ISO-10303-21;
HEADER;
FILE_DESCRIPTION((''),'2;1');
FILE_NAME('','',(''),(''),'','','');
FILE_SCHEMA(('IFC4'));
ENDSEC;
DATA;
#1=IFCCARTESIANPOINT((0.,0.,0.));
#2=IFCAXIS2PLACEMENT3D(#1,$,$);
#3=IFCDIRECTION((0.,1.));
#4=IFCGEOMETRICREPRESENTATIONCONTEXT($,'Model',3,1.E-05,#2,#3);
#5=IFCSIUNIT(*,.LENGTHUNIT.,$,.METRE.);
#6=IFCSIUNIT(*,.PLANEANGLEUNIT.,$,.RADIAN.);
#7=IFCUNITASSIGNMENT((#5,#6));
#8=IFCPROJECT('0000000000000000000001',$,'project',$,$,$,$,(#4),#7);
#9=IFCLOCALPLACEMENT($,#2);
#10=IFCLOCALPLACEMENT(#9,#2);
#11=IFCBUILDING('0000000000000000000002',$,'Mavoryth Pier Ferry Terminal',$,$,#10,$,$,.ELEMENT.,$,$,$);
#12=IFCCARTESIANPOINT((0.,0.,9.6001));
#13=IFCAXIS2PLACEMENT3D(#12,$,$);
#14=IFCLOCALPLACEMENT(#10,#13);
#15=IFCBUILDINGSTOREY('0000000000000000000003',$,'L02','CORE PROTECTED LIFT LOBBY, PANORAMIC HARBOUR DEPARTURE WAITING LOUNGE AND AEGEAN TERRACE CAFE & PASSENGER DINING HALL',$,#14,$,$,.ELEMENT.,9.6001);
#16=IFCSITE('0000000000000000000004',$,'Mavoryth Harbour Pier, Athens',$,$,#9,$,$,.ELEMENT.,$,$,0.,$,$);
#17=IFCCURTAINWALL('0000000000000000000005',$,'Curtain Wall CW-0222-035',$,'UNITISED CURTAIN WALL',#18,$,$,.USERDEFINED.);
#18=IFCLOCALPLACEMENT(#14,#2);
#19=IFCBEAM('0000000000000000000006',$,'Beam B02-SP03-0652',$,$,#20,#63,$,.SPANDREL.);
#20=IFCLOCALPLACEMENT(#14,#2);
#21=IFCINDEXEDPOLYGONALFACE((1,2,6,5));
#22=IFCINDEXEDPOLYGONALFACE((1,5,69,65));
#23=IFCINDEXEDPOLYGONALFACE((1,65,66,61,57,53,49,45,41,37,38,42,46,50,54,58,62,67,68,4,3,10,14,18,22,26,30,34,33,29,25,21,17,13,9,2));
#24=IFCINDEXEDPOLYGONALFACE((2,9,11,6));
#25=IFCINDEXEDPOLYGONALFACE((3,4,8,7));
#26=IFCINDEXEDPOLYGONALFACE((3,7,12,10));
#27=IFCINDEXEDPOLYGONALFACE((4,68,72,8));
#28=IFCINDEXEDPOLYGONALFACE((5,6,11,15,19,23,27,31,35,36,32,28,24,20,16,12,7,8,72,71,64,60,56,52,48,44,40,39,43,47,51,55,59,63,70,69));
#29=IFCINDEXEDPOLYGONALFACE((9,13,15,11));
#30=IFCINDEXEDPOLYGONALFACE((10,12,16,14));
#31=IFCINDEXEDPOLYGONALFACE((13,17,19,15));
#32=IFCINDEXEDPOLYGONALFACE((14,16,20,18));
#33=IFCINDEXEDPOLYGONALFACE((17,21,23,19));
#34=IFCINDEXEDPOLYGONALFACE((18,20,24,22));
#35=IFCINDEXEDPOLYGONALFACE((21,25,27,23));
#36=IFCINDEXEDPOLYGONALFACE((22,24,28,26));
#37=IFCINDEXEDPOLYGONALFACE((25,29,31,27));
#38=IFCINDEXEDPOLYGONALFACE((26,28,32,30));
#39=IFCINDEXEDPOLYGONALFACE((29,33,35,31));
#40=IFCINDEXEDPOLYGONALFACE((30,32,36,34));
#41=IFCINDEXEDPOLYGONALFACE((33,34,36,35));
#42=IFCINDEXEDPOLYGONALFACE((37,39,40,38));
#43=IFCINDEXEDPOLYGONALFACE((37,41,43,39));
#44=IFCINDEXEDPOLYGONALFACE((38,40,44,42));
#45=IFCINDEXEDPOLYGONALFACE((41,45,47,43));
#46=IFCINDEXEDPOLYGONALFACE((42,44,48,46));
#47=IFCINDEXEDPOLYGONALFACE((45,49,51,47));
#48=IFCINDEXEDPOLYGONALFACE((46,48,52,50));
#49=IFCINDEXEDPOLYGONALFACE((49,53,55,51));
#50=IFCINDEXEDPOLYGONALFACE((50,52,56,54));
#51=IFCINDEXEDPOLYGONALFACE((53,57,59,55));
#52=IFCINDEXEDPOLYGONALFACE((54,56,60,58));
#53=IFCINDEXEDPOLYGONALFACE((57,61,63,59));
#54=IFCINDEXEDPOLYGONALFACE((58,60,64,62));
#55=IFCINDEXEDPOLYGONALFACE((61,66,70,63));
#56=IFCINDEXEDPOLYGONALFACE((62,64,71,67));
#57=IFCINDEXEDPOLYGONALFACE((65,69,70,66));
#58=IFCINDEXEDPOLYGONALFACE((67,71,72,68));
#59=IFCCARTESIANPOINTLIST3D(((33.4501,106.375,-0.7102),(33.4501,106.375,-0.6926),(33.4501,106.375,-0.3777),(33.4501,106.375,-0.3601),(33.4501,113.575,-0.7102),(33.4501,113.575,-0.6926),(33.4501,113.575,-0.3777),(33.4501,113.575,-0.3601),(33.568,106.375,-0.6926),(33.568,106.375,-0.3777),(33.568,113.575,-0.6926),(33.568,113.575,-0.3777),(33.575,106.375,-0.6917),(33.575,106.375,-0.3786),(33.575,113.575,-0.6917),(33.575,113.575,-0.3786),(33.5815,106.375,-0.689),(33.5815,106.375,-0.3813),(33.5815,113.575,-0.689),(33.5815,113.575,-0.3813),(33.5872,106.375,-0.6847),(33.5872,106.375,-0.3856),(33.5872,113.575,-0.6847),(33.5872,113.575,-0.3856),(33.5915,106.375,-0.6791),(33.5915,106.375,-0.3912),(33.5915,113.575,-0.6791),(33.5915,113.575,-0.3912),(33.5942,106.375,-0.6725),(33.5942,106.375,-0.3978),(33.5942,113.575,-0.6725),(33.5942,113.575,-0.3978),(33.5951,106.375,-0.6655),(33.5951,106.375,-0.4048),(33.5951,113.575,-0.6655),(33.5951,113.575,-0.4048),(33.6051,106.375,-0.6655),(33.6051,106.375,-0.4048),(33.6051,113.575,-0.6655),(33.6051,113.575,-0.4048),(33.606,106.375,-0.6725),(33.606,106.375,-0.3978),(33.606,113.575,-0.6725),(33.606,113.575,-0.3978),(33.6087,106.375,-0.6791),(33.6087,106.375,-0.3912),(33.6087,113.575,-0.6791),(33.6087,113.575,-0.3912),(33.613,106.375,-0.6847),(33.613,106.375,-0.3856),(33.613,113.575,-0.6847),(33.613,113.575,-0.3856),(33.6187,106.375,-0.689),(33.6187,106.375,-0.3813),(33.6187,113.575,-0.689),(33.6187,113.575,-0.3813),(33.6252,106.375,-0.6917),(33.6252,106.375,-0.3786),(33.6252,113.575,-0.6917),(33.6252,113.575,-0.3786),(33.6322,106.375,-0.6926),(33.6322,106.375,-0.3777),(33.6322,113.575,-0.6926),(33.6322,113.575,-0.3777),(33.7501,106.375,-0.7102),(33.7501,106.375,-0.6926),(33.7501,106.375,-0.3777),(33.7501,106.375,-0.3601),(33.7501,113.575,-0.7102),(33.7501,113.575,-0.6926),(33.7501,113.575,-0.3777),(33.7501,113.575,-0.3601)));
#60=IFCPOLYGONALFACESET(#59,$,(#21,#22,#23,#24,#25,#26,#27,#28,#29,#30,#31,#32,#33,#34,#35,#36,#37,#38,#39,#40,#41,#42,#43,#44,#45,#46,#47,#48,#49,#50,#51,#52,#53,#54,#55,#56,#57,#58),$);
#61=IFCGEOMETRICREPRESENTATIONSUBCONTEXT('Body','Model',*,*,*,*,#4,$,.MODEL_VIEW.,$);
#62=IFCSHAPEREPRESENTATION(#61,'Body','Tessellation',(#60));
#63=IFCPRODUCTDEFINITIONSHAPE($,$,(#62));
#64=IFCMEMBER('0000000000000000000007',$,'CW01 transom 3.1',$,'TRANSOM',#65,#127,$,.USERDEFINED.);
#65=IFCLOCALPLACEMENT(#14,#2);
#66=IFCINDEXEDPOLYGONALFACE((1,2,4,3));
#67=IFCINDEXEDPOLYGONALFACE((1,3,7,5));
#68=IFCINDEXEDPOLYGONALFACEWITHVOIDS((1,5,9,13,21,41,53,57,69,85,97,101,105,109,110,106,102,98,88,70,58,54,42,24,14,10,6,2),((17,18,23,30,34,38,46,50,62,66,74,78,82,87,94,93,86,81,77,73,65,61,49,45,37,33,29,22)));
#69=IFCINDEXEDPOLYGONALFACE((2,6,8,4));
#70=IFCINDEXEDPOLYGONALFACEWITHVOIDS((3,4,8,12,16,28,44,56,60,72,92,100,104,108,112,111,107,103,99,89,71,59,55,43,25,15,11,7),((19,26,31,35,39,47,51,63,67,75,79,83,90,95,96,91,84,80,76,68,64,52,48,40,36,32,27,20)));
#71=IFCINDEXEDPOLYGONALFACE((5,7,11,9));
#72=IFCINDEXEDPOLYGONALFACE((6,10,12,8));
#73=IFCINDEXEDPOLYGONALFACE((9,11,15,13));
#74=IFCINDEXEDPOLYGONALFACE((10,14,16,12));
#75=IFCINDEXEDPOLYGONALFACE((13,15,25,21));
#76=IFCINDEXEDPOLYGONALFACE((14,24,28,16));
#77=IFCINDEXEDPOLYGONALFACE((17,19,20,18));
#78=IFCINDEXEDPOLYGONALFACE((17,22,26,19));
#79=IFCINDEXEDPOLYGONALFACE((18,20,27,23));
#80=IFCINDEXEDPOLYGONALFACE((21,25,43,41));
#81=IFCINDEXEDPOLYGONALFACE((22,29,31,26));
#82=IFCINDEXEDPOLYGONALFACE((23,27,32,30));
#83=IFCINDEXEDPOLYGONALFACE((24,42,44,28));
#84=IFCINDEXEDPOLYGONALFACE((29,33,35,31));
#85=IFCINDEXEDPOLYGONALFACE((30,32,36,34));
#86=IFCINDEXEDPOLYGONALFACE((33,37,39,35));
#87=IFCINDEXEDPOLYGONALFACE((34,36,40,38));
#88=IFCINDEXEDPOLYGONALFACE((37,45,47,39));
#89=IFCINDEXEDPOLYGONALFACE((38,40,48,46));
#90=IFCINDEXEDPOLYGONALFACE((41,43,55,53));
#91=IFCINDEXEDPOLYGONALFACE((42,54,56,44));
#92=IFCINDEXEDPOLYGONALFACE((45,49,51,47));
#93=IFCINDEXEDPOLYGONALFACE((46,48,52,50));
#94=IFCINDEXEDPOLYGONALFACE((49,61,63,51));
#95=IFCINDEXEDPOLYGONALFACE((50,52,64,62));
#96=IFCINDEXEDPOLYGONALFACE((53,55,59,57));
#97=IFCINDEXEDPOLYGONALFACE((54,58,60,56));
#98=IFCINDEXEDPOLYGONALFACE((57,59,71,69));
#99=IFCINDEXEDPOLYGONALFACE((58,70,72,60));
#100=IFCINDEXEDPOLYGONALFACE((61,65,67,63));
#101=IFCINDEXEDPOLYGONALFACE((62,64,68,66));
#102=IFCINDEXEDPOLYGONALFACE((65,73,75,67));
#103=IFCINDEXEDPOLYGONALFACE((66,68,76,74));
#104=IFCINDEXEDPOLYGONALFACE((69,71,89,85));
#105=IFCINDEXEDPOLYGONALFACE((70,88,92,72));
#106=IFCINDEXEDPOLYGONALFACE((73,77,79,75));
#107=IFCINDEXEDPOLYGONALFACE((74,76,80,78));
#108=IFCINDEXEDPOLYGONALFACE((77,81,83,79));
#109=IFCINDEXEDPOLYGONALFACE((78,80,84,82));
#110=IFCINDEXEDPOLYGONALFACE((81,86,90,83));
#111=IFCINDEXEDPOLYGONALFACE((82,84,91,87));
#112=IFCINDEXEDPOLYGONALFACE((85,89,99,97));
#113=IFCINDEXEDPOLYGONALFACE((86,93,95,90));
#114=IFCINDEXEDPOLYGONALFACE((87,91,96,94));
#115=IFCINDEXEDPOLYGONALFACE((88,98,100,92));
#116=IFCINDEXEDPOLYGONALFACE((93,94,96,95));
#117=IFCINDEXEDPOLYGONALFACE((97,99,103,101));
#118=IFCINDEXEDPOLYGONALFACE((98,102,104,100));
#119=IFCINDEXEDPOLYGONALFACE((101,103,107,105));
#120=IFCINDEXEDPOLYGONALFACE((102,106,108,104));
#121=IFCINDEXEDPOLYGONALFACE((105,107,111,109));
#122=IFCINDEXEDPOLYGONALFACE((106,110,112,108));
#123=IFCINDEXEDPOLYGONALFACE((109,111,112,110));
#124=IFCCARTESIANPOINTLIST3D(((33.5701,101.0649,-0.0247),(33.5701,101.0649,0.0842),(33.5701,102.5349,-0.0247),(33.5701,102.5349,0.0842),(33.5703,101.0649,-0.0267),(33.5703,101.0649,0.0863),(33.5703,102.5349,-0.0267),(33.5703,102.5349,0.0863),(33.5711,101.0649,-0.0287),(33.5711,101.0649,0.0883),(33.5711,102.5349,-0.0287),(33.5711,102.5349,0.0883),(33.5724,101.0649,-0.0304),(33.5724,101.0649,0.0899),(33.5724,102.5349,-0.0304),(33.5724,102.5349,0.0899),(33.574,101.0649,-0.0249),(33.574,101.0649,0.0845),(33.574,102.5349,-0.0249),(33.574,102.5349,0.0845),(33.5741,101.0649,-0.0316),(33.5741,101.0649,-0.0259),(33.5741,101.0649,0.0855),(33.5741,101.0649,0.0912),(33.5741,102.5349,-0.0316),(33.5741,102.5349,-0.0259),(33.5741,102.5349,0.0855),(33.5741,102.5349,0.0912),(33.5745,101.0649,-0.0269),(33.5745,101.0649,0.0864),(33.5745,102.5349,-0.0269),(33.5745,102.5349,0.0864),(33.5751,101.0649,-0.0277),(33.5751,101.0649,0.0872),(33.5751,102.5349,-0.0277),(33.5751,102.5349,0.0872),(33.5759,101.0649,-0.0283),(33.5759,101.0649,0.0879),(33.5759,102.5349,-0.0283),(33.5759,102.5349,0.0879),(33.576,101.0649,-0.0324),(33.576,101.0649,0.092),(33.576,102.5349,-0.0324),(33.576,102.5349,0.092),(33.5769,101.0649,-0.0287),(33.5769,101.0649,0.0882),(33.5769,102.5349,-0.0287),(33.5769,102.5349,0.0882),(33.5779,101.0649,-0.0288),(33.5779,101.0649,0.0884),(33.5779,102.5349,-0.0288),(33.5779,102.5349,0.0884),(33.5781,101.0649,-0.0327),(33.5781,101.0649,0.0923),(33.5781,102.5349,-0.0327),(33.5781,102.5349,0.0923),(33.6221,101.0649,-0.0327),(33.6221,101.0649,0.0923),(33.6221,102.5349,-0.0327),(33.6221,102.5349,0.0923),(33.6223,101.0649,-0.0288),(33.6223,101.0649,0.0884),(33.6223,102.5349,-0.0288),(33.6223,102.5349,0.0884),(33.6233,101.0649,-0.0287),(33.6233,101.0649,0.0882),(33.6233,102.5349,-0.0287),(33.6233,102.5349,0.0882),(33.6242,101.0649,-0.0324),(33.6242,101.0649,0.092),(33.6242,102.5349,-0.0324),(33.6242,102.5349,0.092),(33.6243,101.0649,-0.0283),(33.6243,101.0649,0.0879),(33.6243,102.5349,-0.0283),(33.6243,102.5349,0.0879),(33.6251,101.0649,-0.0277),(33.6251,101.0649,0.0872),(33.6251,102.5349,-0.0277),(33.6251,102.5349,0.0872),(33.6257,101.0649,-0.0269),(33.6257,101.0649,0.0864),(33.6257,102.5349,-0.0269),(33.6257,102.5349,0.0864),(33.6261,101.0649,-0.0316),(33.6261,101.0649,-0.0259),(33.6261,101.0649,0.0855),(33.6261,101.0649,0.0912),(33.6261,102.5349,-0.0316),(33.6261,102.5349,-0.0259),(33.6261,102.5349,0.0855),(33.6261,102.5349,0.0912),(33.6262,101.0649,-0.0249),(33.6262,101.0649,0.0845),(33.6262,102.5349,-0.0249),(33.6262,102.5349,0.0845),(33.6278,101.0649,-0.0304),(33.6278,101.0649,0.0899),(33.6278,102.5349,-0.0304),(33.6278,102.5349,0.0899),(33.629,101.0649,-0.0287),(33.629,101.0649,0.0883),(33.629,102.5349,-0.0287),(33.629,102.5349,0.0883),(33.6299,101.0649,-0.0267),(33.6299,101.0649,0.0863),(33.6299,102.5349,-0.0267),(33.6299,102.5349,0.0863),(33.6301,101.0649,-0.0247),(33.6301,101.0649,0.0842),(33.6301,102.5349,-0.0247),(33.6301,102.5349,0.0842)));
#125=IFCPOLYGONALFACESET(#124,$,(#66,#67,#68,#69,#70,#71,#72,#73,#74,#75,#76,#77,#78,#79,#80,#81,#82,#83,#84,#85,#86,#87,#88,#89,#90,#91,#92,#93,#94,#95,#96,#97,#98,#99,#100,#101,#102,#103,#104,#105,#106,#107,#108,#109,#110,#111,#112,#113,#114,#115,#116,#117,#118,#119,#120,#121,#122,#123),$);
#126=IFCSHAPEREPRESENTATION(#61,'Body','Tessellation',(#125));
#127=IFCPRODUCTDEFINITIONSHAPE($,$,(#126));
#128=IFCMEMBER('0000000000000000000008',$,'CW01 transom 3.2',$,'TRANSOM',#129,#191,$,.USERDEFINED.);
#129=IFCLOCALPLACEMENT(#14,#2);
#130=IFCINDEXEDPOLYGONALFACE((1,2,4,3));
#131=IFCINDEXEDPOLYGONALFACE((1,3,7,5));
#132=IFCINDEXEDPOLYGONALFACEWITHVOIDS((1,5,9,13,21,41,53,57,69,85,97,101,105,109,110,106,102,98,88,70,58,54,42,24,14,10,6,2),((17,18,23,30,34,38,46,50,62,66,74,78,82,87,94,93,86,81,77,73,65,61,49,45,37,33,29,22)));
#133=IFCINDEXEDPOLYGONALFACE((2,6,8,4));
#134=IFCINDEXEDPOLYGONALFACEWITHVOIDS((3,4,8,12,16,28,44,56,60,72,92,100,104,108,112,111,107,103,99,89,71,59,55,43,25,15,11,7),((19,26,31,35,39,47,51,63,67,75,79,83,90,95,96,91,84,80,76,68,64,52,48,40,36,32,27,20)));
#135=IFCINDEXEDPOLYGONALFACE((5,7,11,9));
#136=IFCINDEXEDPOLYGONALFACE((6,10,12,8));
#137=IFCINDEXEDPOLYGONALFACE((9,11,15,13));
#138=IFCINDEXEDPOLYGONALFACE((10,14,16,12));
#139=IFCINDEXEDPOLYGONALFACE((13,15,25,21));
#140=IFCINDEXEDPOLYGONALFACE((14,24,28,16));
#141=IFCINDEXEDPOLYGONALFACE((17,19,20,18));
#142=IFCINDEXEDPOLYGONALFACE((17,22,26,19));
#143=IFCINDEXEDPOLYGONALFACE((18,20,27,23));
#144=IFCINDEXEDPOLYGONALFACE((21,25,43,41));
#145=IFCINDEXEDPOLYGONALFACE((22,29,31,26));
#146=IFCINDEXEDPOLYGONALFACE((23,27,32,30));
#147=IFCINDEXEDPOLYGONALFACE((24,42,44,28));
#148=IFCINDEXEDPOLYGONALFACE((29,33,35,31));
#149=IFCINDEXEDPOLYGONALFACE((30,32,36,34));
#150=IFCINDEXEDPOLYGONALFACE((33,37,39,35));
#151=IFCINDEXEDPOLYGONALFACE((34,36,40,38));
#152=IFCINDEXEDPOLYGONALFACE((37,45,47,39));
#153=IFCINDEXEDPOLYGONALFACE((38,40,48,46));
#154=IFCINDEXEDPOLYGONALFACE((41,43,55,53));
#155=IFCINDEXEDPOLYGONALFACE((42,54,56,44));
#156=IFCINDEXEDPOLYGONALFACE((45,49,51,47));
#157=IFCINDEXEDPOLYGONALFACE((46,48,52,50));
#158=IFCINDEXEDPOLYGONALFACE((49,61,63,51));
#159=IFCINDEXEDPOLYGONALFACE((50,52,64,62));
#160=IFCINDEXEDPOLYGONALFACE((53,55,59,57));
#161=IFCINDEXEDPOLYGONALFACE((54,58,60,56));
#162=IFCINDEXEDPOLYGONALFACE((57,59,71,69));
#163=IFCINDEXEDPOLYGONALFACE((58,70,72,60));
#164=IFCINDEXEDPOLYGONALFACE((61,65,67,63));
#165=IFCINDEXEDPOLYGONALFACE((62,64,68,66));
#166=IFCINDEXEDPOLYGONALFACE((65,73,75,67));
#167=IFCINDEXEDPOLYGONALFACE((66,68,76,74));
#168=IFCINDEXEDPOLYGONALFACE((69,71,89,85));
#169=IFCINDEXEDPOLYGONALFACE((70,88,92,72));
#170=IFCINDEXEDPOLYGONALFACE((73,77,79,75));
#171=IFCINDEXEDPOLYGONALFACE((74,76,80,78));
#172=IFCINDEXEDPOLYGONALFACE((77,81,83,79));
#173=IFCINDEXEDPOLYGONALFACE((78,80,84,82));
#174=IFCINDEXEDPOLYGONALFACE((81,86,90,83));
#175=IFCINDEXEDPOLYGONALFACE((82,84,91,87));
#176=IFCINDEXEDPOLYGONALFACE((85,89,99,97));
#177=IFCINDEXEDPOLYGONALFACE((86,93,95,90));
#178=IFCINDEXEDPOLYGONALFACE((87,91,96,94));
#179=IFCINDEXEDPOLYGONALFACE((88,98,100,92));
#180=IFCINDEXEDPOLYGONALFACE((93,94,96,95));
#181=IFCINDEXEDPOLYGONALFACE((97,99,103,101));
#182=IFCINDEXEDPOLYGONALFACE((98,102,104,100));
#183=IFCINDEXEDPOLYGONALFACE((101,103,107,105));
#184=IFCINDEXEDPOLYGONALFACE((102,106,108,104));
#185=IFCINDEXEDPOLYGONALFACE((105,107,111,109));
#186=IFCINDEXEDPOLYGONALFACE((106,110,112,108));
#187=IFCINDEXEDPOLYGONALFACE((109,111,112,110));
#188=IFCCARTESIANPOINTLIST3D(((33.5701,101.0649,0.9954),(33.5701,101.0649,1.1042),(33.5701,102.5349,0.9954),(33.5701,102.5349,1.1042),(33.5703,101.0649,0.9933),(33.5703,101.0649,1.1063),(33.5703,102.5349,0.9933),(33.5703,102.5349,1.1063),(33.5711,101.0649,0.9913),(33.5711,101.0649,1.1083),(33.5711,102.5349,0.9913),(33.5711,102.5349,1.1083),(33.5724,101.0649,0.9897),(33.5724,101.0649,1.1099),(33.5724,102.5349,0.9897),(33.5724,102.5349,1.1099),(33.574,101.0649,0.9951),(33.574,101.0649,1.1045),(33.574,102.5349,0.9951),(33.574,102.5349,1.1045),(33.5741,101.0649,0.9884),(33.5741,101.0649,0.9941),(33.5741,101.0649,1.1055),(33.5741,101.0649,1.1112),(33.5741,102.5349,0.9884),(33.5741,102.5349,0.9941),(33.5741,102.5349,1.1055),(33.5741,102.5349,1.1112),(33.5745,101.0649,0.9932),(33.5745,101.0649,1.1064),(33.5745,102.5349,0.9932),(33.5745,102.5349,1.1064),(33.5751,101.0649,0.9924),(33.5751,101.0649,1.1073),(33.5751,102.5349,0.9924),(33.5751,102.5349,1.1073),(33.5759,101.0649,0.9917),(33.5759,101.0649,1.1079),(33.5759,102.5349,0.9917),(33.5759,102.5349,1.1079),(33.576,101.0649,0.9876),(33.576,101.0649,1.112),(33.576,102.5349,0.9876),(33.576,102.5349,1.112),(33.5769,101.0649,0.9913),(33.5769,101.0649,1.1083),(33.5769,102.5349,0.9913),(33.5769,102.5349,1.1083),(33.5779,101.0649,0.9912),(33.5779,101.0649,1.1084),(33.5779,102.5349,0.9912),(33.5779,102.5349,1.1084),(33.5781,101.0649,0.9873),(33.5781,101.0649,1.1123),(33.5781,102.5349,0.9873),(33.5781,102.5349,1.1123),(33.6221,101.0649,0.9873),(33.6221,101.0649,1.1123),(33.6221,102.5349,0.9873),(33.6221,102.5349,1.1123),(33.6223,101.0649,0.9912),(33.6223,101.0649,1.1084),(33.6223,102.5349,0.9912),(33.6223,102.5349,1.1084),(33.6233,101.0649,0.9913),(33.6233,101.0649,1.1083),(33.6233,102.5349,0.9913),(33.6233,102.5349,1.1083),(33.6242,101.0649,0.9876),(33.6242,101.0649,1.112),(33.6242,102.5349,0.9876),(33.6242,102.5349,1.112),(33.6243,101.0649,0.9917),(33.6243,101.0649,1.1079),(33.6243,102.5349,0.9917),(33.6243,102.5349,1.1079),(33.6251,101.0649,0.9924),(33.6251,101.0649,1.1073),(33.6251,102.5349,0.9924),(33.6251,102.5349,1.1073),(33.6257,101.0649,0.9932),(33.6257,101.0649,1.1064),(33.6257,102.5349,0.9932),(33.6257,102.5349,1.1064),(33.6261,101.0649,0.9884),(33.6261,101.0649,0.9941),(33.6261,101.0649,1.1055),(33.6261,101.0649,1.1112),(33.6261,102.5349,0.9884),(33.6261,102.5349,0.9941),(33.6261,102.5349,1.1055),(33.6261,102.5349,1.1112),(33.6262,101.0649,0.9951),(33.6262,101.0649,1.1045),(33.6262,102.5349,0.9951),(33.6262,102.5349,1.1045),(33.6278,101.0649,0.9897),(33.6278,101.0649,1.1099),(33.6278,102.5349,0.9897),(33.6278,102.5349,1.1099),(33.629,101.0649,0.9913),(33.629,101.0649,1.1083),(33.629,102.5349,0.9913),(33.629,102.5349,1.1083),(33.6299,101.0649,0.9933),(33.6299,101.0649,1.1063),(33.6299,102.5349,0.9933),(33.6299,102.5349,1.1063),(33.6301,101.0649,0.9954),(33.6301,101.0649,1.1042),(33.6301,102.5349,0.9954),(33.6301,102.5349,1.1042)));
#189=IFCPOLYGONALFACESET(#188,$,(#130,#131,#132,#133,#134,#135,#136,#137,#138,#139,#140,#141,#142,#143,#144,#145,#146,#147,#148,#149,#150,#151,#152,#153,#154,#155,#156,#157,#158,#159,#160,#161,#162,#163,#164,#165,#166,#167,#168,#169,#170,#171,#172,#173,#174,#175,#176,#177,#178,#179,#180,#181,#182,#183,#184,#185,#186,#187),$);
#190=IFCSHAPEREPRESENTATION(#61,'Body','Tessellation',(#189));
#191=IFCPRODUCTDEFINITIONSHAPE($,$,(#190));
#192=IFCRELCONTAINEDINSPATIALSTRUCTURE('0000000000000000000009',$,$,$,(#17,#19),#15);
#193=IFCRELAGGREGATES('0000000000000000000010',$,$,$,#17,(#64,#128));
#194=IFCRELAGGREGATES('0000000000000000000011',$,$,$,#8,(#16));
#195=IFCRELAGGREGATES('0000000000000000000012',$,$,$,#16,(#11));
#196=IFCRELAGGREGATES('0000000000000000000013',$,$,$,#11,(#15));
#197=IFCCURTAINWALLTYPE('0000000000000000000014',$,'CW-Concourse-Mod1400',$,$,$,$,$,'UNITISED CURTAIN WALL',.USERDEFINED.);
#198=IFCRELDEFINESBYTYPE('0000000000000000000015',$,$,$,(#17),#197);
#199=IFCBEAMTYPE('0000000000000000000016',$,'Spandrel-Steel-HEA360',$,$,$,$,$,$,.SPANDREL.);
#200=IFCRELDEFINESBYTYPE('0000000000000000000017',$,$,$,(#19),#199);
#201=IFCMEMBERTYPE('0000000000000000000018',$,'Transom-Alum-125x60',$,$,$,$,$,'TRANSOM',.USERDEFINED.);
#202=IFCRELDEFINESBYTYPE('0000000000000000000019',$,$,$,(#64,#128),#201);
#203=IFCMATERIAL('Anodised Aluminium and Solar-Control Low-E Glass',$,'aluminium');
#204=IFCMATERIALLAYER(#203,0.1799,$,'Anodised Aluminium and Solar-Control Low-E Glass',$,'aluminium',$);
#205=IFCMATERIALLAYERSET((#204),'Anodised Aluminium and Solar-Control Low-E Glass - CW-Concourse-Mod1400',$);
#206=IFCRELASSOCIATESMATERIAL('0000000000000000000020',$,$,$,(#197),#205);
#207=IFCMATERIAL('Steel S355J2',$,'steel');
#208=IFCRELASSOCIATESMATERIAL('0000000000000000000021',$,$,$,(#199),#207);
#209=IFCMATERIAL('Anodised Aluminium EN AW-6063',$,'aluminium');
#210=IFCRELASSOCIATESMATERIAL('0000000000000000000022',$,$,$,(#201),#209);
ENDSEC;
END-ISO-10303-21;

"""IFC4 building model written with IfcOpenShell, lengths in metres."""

from ifc_helpers import new_model, si_unit, direction, frame, origin, origin_2d, place, context, subcontext, project, spatial, hollow_rectangle, i_section, extrude, material, layer, layer_set, material_profile, profile_set, type_object, element, aggregate, save


model = new_model("IFC4")

# Units and contexts
model_context = context("Model", 3, precision=1e-05, world=origin(), true_north=direction((0.0, 1.0)))
body_context = subcontext(model_context, "Body", "Model", "MODEL_VIEW")
ifc_project = project(units=[si_unit("LENGTHUNIT", "METRE"), si_unit("PLANEANGLEUNIT", "RADIAN")], contexts=[model_context])

# Site, building, storey
site_placement = place(None, origin())
site = spatial("IfcSite", under=ifc_project, at=site_placement, Name="Mavoryth Harbour Pier, Athens", CompositionType="ELEMENT", RefElevation=0.0)
building_placement = place(site_placement, origin())
building = spatial("IfcBuilding", under=site, at=building_placement, Name="Mavoryth Pier Ferry Terminal", CompositionType="ELEMENT")
storey_placement = place(building_placement, frame((0.0, 0.0, 9.6001)))
storey = spatial("IfcBuildingStorey", under=building, at=storey_placement, Name="L02", Description="CORE PROTECTED LIFT LOBBY, PANORAMIC HARBOUR DEPARTURE WAITING LOUNGE AND AEGEAN TERRACE CAFE & PASSENGER DINING HALL", CompositionType="ELEMENT", Elevation=9.6001)

# Shared definitions
ifc_material_1 = material(Name="Steel S355J2", Category="steel")

# Curtain wall
ifc_material_2 = material(Name="Anodised Aluminium and Solar-Control Low-E Glass", Category="aluminium")
ifc_layer_1 = layer(ifc_material_2, 0.1799, Name="Anodised Aluminium and Solar-Control Low-E Glass", Category="aluminium")
ifc_layer_set_1 = layer_set([ifc_layer_1], Name="Anodised Aluminium and Solar-Control Low-E Glass - CW-Concourse-Mod1400")
curtain_wall_type = type_object("IfcCurtainWallType", Name="CW-Concourse-Mod1400", ElementType="UNITISED CURTAIN WALL", PredefinedType="USERDEFINED", material=ifc_layer_set_1)
curtain_wall_placement = place(storey_placement, origin())
curtain_wall = element("IfcCurtainWall", 1, at=curtain_wall_placement, inside=storey, type_object=curtain_wall_type, Name="Curtain Wall CW-0222-035", ObjectType="UNITISED CURTAIN WALL", PredefinedType="USERDEFINED")
ifc_material_3 = material(Name="Anodised Aluminium EN AW-6063", Category="aluminium")

# Beam
ifc_material_profile_1 = material_profile(ifc_material_1, i_section(OverallWidth=0.3, OverallDepth=0.3501, WebThickness=0.01, FlangeThickness=0.0176, FilletRadius=0.0271, at=origin_2d()), Name="HEA 360", Category="steel")
ifc_profile_set_1 = profile_set([ifc_material_profile_1], Name="Steel S355J2 - HEA 360")
beam_type = type_object("IfcBeamType", Name="Spandrel-Steel-HEA360", PredefinedType="SPANDREL", material=ifc_profile_set_1)
beam_placement = place(storey_placement, frame((33.6001, 106.375, -0.5352), z_axis=(0.0, 1.0, 0.0), x_axis=(-1.0, 0.0, 0.0)))
element("IfcBeam", 2, at=beam_placement, inside=storey, type_object=beam_type, Name="Beam B02-SP03-0652", PredefinedType="SPANDREL", context=body_context, shape_type="SweptSolid", body=[
    extrude(i_section(OverallWidth=0.3, OverallDepth=0.3501, WebThickness=0.01, FlangeThickness=0.0176, FilletRadius=0.0271, at=origin_2d()), origin(), (0.0, 0.0, 1.0), 7.2),
])

# Members
ifc_material_profile_2 = material_profile(ifc_material_3, hollow_rectangle(XDim=0.0601, YDim=0.125, WallThickness=0.0039, InnerFilletRadius=0.0039, OuterFilletRadius=0.0081, at=origin_2d()), Name="AL-TRAN 125x60x4", Category="aluminium")
ifc_profile_set_2 = profile_set([ifc_material_profile_2], Name="Anodised Aluminium EN AW-6063 - AL-TRAN 125x60x4")
member_type_1 = type_object("IfcMemberType", Name="Transom-Alum-125x60", ElementType="TRANSOM", PredefinedType="USERDEFINED", material=ifc_profile_set_2)
member_1_placement = place(storey_placement, frame((33.6001, 101.0649, 0.0298), z_axis=(0.0, 1.0, 0.0), x_axis=(-1.0, 0.0, 0.0)))
member_1 = element("IfcMember", 3, at=member_1_placement, type_object=member_type_1, Name="CW01 transom 3.1", ObjectType="TRANSOM", PredefinedType="USERDEFINED", context=body_context, shape_type="SweptSolid", body=[
    extrude(hollow_rectangle(XDim=0.0601, YDim=0.125, WallThickness=0.0039, InnerFilletRadius=0.0039, OuterFilletRadius=0.0081, at=origin_2d()), origin(), (0.0, 0.0, 1.0), 1.47),
])
member_2_placement = place(storey_placement, frame((33.6001, 101.0649, 1.0498), z_axis=(0.0, 1.0, 0.0), x_axis=(-1.0, 0.0, 0.0)))
member_2 = element("IfcMember", 4, at=member_2_placement, type_object=member_type_1, Name="CW01 transom 3.2", ObjectType="TRANSOM", PredefinedType="USERDEFINED", context=body_context, shape_type="SweptSolid", body=[
    extrude(hollow_rectangle(XDim=0.0601, YDim=0.125, WallThickness=0.0039, InnerFilletRadius=0.0039, OuterFilletRadius=0.0081, at=origin_2d()), origin(), (0.0, 0.0, 1.0), 1.47),
])

aggregate(curtain_wall, [member_1, member_2])

save(model, "model.ifc")
